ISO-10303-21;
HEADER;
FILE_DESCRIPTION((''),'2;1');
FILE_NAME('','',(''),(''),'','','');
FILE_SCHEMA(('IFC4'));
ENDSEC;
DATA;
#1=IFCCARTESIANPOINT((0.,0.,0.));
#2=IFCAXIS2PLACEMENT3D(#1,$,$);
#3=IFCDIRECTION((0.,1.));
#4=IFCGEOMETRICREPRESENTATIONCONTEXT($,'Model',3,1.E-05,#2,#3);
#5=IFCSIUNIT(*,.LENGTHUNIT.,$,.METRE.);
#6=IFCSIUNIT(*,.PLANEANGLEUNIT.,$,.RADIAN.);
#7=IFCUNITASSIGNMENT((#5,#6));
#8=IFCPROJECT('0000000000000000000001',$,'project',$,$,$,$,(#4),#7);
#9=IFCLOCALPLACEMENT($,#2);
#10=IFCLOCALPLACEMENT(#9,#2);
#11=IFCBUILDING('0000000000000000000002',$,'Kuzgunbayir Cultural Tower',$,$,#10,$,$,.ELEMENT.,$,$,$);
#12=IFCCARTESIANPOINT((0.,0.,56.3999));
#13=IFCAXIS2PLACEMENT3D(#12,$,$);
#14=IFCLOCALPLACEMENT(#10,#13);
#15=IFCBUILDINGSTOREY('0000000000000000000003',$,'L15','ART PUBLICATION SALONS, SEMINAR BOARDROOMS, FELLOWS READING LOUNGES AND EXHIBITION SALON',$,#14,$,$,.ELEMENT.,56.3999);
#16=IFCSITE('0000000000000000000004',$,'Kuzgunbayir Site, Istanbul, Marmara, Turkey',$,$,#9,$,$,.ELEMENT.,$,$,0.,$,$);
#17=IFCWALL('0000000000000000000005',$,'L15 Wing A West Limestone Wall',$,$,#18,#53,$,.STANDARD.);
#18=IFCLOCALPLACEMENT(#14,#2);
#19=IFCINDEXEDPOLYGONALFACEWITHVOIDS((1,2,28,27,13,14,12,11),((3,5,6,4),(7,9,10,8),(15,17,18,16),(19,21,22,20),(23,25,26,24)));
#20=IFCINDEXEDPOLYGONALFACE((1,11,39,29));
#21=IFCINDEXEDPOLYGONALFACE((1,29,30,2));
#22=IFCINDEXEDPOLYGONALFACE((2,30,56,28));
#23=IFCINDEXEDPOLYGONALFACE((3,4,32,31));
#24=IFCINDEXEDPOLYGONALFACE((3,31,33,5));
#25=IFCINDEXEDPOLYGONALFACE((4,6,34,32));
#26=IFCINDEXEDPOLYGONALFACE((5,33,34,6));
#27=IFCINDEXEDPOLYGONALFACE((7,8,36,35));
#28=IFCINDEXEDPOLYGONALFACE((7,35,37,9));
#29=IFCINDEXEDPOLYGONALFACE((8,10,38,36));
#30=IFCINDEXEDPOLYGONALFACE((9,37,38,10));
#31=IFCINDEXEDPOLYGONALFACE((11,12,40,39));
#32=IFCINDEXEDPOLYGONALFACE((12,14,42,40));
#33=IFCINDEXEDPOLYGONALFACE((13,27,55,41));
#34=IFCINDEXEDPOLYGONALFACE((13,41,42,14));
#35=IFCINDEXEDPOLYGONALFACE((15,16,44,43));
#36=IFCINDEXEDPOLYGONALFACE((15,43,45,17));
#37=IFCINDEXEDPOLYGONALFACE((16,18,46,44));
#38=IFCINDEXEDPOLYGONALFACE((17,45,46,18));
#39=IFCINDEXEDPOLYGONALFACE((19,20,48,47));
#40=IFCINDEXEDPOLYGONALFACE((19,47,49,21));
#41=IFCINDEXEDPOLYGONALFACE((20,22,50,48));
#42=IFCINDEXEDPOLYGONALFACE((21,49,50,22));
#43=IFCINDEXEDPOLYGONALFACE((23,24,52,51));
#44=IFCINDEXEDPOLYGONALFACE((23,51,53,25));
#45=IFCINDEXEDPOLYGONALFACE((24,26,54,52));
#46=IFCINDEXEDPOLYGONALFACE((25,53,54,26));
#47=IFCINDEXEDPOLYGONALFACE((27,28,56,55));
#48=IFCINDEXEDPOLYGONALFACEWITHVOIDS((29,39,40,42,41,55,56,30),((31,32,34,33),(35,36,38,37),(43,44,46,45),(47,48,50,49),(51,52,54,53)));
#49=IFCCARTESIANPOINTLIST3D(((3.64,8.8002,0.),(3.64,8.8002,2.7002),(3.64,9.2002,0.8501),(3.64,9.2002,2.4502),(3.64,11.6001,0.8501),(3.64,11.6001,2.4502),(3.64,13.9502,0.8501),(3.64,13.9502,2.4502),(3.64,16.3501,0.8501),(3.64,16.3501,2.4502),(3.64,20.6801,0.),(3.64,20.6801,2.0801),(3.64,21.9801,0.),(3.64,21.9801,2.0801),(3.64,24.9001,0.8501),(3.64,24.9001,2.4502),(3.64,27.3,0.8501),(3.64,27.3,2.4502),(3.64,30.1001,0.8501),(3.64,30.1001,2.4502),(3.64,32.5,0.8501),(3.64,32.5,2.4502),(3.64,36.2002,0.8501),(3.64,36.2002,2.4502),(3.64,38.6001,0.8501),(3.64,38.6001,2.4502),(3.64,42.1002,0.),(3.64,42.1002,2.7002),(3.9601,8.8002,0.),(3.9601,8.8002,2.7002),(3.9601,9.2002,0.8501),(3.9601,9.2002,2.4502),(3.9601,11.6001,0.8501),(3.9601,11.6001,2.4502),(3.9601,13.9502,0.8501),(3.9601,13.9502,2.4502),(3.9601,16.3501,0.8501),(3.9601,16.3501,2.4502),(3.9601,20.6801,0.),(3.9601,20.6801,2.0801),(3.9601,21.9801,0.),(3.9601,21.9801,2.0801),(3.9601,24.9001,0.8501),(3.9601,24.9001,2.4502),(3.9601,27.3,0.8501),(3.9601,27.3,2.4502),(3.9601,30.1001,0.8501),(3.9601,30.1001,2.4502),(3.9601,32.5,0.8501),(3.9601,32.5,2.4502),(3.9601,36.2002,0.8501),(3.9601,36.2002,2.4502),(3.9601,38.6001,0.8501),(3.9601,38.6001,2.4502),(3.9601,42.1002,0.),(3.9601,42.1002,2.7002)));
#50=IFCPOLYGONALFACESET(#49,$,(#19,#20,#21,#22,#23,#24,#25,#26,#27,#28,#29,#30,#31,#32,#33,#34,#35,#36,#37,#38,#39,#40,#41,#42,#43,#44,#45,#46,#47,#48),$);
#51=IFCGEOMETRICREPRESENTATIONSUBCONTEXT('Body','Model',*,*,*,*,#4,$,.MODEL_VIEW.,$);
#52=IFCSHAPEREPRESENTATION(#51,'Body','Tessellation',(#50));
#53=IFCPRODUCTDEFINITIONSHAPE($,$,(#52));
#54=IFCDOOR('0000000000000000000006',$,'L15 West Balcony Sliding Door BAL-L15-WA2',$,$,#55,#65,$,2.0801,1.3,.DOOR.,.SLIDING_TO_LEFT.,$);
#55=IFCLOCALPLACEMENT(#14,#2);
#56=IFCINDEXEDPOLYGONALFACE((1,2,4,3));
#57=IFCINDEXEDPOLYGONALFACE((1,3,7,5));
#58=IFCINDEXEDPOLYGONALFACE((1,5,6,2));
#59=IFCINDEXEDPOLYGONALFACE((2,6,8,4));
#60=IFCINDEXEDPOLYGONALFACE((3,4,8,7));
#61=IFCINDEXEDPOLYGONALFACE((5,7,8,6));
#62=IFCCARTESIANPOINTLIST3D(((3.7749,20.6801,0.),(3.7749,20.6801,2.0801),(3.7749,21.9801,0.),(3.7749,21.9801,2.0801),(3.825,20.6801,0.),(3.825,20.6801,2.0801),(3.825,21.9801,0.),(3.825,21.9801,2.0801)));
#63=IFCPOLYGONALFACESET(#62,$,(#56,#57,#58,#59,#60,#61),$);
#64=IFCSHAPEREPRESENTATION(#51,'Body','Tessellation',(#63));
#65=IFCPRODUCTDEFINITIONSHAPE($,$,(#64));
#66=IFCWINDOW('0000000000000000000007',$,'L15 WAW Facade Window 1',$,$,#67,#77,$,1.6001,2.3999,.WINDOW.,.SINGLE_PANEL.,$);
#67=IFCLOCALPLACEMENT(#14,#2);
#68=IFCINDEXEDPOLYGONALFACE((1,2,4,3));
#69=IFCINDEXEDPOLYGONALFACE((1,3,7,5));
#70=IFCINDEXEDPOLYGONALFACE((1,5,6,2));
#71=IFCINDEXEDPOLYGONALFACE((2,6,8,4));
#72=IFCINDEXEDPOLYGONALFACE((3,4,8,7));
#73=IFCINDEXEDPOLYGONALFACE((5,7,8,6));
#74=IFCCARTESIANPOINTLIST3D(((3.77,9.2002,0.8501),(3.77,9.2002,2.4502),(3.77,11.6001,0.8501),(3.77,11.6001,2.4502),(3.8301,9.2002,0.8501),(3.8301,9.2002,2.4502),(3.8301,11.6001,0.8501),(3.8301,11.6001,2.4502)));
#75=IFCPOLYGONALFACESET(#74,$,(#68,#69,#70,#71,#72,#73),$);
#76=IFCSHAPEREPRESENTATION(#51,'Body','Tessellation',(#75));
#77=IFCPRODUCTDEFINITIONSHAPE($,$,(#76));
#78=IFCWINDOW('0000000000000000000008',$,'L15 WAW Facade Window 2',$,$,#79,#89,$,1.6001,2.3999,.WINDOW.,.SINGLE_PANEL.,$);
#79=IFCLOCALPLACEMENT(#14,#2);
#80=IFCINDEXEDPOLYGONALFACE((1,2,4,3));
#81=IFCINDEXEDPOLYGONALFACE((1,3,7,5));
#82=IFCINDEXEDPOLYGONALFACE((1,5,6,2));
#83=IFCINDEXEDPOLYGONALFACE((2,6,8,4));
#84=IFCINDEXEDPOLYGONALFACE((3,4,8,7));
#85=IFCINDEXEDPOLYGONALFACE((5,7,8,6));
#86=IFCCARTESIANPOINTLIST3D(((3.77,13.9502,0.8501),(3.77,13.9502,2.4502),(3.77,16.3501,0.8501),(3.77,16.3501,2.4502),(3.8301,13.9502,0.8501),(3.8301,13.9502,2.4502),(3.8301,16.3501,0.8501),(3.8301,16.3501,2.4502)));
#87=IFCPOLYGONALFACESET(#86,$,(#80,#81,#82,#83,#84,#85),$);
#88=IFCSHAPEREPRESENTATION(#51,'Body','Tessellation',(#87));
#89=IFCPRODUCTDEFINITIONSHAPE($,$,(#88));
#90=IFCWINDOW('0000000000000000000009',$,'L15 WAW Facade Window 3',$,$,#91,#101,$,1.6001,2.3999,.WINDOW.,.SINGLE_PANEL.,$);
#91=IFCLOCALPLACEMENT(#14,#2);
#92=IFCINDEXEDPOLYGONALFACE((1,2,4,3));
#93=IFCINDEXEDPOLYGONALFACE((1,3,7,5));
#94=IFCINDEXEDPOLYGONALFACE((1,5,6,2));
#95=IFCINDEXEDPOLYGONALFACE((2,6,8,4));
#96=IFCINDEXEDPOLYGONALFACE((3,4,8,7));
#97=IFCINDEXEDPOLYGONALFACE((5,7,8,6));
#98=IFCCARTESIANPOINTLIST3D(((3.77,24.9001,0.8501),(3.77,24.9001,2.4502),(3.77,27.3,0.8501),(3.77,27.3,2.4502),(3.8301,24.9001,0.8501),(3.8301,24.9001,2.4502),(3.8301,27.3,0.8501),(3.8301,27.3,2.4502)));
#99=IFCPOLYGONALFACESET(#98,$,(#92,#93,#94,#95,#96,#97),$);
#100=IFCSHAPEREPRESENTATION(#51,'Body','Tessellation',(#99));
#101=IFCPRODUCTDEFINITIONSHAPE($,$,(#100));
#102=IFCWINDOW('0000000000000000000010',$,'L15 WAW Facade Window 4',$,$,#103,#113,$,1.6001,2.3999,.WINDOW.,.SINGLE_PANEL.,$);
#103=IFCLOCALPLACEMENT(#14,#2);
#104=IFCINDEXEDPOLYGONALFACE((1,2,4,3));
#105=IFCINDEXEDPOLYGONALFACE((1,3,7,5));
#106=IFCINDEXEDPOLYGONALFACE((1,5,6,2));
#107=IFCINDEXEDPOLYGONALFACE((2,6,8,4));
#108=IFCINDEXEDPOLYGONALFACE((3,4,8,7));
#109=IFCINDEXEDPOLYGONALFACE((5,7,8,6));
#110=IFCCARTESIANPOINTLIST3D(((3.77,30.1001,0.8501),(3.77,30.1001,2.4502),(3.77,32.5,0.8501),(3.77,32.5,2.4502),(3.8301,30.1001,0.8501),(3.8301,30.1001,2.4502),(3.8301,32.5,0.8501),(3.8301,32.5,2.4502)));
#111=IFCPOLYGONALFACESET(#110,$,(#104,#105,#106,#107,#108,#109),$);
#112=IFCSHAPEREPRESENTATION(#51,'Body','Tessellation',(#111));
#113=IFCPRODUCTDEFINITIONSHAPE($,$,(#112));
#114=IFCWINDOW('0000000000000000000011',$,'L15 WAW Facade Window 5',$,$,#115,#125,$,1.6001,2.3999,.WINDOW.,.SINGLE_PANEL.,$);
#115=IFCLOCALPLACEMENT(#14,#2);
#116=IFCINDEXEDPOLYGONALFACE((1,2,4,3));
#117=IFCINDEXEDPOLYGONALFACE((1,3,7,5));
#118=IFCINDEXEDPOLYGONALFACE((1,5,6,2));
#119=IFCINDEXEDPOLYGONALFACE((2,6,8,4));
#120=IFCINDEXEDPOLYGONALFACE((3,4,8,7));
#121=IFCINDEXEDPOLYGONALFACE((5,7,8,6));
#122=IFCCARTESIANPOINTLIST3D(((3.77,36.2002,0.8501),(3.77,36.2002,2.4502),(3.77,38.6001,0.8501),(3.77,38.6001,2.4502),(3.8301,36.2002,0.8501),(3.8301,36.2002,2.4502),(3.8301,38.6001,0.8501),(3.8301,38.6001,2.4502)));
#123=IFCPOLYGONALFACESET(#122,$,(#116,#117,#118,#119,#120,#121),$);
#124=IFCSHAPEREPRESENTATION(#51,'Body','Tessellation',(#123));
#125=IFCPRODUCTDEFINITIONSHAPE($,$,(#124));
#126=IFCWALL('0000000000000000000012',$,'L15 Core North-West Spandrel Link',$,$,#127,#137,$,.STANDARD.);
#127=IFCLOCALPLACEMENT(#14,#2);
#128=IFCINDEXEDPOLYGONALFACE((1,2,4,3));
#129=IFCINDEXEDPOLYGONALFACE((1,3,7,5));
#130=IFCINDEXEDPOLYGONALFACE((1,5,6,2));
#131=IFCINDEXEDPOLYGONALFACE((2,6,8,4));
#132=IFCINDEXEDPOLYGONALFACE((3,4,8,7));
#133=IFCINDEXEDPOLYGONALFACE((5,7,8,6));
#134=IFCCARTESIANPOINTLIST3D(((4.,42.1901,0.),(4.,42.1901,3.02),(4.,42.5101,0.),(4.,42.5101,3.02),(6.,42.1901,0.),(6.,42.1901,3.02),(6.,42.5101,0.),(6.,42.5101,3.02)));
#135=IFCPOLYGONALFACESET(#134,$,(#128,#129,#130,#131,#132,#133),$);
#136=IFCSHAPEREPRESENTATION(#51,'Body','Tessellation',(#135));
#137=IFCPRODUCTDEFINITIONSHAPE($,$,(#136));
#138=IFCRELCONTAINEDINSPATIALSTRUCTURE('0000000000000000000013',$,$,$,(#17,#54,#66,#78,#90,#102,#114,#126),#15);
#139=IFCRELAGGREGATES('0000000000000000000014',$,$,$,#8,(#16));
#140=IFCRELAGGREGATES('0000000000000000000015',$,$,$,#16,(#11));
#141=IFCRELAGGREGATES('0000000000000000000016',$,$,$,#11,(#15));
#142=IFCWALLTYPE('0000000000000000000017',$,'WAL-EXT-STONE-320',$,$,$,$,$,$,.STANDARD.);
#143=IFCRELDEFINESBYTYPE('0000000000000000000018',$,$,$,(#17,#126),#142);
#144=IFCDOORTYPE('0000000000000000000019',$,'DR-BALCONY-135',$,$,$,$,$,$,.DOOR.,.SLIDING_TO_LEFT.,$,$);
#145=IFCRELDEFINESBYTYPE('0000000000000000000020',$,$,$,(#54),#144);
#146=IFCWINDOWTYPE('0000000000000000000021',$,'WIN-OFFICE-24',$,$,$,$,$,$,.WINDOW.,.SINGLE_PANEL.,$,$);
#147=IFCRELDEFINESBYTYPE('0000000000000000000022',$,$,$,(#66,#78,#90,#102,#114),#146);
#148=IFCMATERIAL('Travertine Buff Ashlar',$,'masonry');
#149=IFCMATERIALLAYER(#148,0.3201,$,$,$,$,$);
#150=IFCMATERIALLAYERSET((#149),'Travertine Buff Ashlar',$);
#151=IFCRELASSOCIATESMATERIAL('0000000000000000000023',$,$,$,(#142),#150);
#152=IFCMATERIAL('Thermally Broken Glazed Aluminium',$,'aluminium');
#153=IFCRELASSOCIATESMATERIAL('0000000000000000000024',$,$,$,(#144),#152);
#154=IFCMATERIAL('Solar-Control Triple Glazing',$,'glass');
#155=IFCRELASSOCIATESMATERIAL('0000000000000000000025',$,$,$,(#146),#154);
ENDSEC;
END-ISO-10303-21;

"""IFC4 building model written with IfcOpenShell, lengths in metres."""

from ifc_helpers import new_model, si_unit, direction, frame, frame_2d, origin, place, context, subcontext, project, spatial, rectangle, extrude, material, layer, layer_set, type_object, element, fill, save


model = new_model("IFC4")

# Units and contexts
model_context = context("Model", 3, precision=1e-05, world=origin(), true_north=direction((0.0, 1.0)))
body_context = subcontext(model_context, "Body", "Model", "MODEL_VIEW")
ifc_project = project(units=[si_unit("LENGTHUNIT", "METRE"), si_unit("PLANEANGLEUNIT", "RADIAN")], contexts=[model_context])

# Site, building, storey
site_placement = place(None, origin())
site = spatial("IfcSite", under=ifc_project, at=site_placement, Name="Kuzgunbayir Site, Istanbul, Marmara, Turkey", CompositionType="ELEMENT", RefElevation=0.0)
building_placement = place(site_placement, origin())
building = spatial("IfcBuilding", under=site, at=building_placement, Name="Kuzgunbayir Cultural Tower", CompositionType="ELEMENT")
storey_placement = place(building_placement, frame((0.0, 0.0, 56.3999)))
storey = spatial("IfcBuildingStorey", under=building, at=storey_placement, Name="L15", Description="ART PUBLICATION SALONS, SEMINAR BOARDROOMS, FELLOWS READING LOUNGES AND EXHIBITION SALON", CompositionType="ELEMENT", Elevation=56.3999)

# Wall, openings, door, windows
ifc_material_1 = material(Name="Travertine Buff Ashlar", Category="masonry")
ifc_layer_1 = layer(ifc_material_1, 0.3201)
ifc_layer_set_1 = layer_set([ifc_layer_1], Name="Travertine Buff Ashlar")
wall_type_1 = type_object("IfcWallType", Name="WAL-EXT-STONE-320", PredefinedType="STANDARD", material=ifc_layer_set_1)
wall_1_placement = place(storey_placement, frame((3.8, 42.1001, 0.0), z_axis=(0.0, 0.0, 1.0), x_axis=(0.0, -1.0, 0.0)))
wall_1 = element("IfcWall", 1, at=wall_1_placement, inside=storey, type_object=wall_type_1, Name="L15 Wing A West Limestone Wall", PredefinedType="STANDARD", context=body_context, shape_type="SweptSolid", body=[
    extrude(rectangle(XDim=33.3, YDim=0.3201, at=frame_2d((16.6499, 0.0))), origin(), (0.0, 0.0, 1.0), 2.7002),
])
opening_1_placement = place(wall_1_placement, frame((20.1201, 0.0, 0.0)))
opening_1 = element("IfcOpeningElement", 2, at=opening_1_placement, cuts=wall_1, PredefinedType="OPENING", context=body_context, shape_type="SweptSolid", body=[
    extrude(rectangle(XDim=1.3, YDim=2.0801, at=frame_2d((0.6499, 1.04))), frame((0.0, 0.1699, 0.0), z_axis=(0.0, -1.0, 0.0), x_axis=(1.0, 0.0, 0.0)), (0.0, 0.0, 1.0), 0.3401),
])
opening_2_placement = place(wall_1_placement, frame((30.5, 0.0, 0.8501)))
opening_2 = element("IfcOpeningElement", 3, at=opening_2_placement, cuts=wall_1, PredefinedType="OPENING", context=body_context, shape_type="SweptSolid", body=[
    extrude(rectangle(XDim=2.3999, YDim=1.6001, at=frame_2d((1.2, 0.8))), frame((0.0, 0.1699, 0.0), z_axis=(0.0, -1.0, 0.0), x_axis=(1.0, 0.0, 0.0)), (0.0, 0.0, 1.0), 0.3401),
])
opening_3_placement = place(wall_1_placement, frame((25.75, 0.0, 0.8501)))
opening_3 = element("IfcOpeningElement", 4, at=opening_3_placement, cuts=wall_1, PredefinedType="OPENING", context=body_context, shape_type="SweptSolid", body=[
    extrude(rectangle(XDim=2.3999, YDim=1.6001, at=frame_2d((1.2, 0.8))), frame((0.0, 0.1699, 0.0), z_axis=(0.0, -1.0, 0.0), x_axis=(1.0, 0.0, 0.0)), (0.0, 0.0, 1.0), 0.3401),
])
opening_4_placement = place(wall_1_placement, frame((14.8, 0.0, 0.8501)))
opening_4 = element("IfcOpeningElement", 5, at=opening_4_placement, cuts=wall_1, PredefinedType="OPENING", context=body_context, shape_type="SweptSolid", body=[
    extrude(rectangle(XDim=2.3999, YDim=1.6001, at=frame_2d((1.2, 0.8))), frame((0.0, 0.1699, 0.0), z_axis=(0.0, -1.0, 0.0), x_axis=(1.0, 0.0, 0.0)), (0.0, 0.0, 1.0), 0.3401),
])
opening_5_placement = place(wall_1_placement, frame((9.6001, 0.0, 0.8501)))
opening_5 = element("IfcOpeningElement", 6, at=opening_5_placement, cuts=wall_1, PredefinedType="OPENING", context=body_context, shape_type="SweptSolid", body=[
    extrude(rectangle(XDim=2.3999, YDim=1.6001, at=frame_2d((1.2, 0.8))), frame((0.0, 0.1699, 0.0), z_axis=(0.0, -1.0, 0.0), x_axis=(1.0, 0.0, 0.0)), (0.0, 0.0, 1.0), 0.3401),
])
opening_6_placement = place(wall_1_placement, frame((3.5, 0.0, 0.8501)))
opening_6 = element("IfcOpeningElement", 7, at=opening_6_placement, cuts=wall_1, PredefinedType="OPENING", context=body_context, shape_type="SweptSolid", body=[
    extrude(rectangle(XDim=2.3999, YDim=1.6001, at=frame_2d((1.2, 0.8))), frame((0.0, 0.1699, 0.0), z_axis=(0.0, -1.0, 0.0), x_axis=(1.0, 0.0, 0.0)), (0.0, 0.0, 1.0), 0.3401),
])
ifc_material_2 = material(Name="Thermally Broken Glazed Aluminium", Category="aluminium")
door_type = type_object("IfcDoorType", Name="DR-BALCONY-135", OperationType="SLIDING_TO_LEFT", PredefinedType="DOOR", material=ifc_material_2)
door_placement = place(opening_1_placement, origin())
door = element("IfcDoor", 8, at=door_placement, inside=storey, type_object=door_type, Name="L15 West Balcony Sliding Door BAL-L15-WA2", OperationType="SLIDING_TO_LEFT", OverallHeight=2.0801, OverallWidth=1.3, PredefinedType="DOOR", context=body_context, shape_type="SweptSolid", body=[
    extrude(rectangle(XDim=1.3, YDim=2.0801, at=frame_2d((0.6499, 1.04))), frame((0.0, 0.0249, 0.0), z_axis=(0.0, -1.0, 0.0), x_axis=(1.0, 0.0, 0.0)), (0.0, 0.0, 1.0), 0.05),
])
fill(opening_1, door)
ifc_material_3 = material(Name="Solar-Control Triple Glazing", Category="glass")
window_type = type_object("IfcWindowType", Name="WIN-OFFICE-24", PartitioningType="SINGLE_PANEL", PredefinedType="WINDOW", material=ifc_material_3)
window_1_placement = place(opening_2_placement, origin())
window_1 = element("IfcWindow", 9, at=window_1_placement, inside=storey, type_object=window_type, Name="L15 WAW Facade Window 1", OverallHeight=1.6001, OverallWidth=2.3999, PartitioningType="SINGLE_PANEL", PredefinedType="WINDOW", context=body_context, shape_type="SweptSolid", body=[
    extrude(rectangle(XDim=2.3999, YDim=1.6001, at=frame_2d((1.2, 0.8))), frame((0.0, 0.03, 0.0), z_axis=(0.0, -1.0, 0.0), x_axis=(1.0, 0.0, 0.0)), (0.0, 0.0, 1.0), 0.0601),
])
fill(opening_2, window_1)
window_2_placement = place(opening_3_placement, origin())
window_2 = element("IfcWindow", 10, at=window_2_placement, inside=storey, type_object=window_type, Name="L15 WAW Facade Window 2", OverallHeight=1.6001, OverallWidth=2.3999, PartitioningType="SINGLE_PANEL", PredefinedType="WINDOW", context=body_context, shape_type="SweptSolid", body=[
    extrude(rectangle(XDim=2.3999, YDim=1.6001, at=frame_2d((1.2, 0.8))), frame((0.0, 0.03, 0.0), z_axis=(0.0, -1.0, 0.0), x_axis=(1.0, 0.0, 0.0)), (0.0, 0.0, 1.0), 0.0601),
])
fill(opening_3, window_2)
window_3_placement = place(opening_4_placement, origin())
window_3 = element("IfcWindow", 11, at=window_3_placement, inside=storey, type_object=window_type, Name="L15 WAW Facade Window 3", OverallHeight=1.6001, OverallWidth=2.3999, PartitioningType="SINGLE_PANEL", PredefinedType="WINDOW", context=body_context, shape_type="SweptSolid", body=[
    extrude(rectangle(XDim=2.3999, YDim=1.6001, at=frame_2d((1.2, 0.8))), frame((0.0, 0.03, 0.0), z_axis=(0.0, -1.0, 0.0), x_axis=(1.0, 0.0, 0.0)), (0.0, 0.0, 1.0), 0.0601),
])
fill(opening_4, window_3)
window_4_placement = place(opening_5_placement, origin())
window_4 = element("IfcWindow", 12, at=window_4_placement, inside=storey, type_object=window_type, Name="L15 WAW Facade Window 4", OverallHeight=1.6001, OverallWidth=2.3999, PartitioningType="SINGLE_PANEL", PredefinedType="WINDOW", context=body_context, shape_type="SweptSolid", body=[
    extrude(rectangle(XDim=2.3999, YDim=1.6001, at=frame_2d((1.2, 0.8))), frame((0.0, 0.03, 0.0), z_axis=(0.0, -1.0, 0.0), x_axis=(1.0, 0.0, 0.0)), (0.0, 0.0, 1.0), 0.0601),
])
fill(opening_5, window_4)
window_5_placement = place(opening_6_placement, origin())
window_5 = element("IfcWindow", 13, at=window_5_placement, inside=storey, type_object=window_type, Name="L15 WAW Facade Window 5", OverallHeight=1.6001, OverallWidth=2.3999, PartitioningType="SINGLE_PANEL", PredefinedType="WINDOW", context=body_context, shape_type="SweptSolid", body=[
    extrude(rectangle(XDim=2.3999, YDim=1.6001, at=frame_2d((1.2, 0.8))), frame((0.0, 0.03, 0.0), z_axis=(0.0, -1.0, 0.0), x_axis=(1.0, 0.0, 0.0)), (0.0, 0.0, 1.0), 0.0601),
])
fill(opening_6, window_5)

# Wall
wall_2_placement = place(storey_placement, frame((6.0, 42.3501, 0.0), z_axis=(0.0, 0.0, 1.0), x_axis=(-1.0, 0.0, 0.0)))
element("IfcWall", 14, at=wall_2_placement, inside=storey, type_object=wall_type_1, Name="L15 Core North-West Spandrel Link", PredefinedType="STANDARD", context=body_context, shape_type="SweptSolid", body=[
    extrude(rectangle(XDim=2.0, YDim=0.3201, at=frame_2d((1.0, 0.0))), origin(), (0.0, 0.0, 1.0), 3.02),
])

save(model, "model.ifc")
